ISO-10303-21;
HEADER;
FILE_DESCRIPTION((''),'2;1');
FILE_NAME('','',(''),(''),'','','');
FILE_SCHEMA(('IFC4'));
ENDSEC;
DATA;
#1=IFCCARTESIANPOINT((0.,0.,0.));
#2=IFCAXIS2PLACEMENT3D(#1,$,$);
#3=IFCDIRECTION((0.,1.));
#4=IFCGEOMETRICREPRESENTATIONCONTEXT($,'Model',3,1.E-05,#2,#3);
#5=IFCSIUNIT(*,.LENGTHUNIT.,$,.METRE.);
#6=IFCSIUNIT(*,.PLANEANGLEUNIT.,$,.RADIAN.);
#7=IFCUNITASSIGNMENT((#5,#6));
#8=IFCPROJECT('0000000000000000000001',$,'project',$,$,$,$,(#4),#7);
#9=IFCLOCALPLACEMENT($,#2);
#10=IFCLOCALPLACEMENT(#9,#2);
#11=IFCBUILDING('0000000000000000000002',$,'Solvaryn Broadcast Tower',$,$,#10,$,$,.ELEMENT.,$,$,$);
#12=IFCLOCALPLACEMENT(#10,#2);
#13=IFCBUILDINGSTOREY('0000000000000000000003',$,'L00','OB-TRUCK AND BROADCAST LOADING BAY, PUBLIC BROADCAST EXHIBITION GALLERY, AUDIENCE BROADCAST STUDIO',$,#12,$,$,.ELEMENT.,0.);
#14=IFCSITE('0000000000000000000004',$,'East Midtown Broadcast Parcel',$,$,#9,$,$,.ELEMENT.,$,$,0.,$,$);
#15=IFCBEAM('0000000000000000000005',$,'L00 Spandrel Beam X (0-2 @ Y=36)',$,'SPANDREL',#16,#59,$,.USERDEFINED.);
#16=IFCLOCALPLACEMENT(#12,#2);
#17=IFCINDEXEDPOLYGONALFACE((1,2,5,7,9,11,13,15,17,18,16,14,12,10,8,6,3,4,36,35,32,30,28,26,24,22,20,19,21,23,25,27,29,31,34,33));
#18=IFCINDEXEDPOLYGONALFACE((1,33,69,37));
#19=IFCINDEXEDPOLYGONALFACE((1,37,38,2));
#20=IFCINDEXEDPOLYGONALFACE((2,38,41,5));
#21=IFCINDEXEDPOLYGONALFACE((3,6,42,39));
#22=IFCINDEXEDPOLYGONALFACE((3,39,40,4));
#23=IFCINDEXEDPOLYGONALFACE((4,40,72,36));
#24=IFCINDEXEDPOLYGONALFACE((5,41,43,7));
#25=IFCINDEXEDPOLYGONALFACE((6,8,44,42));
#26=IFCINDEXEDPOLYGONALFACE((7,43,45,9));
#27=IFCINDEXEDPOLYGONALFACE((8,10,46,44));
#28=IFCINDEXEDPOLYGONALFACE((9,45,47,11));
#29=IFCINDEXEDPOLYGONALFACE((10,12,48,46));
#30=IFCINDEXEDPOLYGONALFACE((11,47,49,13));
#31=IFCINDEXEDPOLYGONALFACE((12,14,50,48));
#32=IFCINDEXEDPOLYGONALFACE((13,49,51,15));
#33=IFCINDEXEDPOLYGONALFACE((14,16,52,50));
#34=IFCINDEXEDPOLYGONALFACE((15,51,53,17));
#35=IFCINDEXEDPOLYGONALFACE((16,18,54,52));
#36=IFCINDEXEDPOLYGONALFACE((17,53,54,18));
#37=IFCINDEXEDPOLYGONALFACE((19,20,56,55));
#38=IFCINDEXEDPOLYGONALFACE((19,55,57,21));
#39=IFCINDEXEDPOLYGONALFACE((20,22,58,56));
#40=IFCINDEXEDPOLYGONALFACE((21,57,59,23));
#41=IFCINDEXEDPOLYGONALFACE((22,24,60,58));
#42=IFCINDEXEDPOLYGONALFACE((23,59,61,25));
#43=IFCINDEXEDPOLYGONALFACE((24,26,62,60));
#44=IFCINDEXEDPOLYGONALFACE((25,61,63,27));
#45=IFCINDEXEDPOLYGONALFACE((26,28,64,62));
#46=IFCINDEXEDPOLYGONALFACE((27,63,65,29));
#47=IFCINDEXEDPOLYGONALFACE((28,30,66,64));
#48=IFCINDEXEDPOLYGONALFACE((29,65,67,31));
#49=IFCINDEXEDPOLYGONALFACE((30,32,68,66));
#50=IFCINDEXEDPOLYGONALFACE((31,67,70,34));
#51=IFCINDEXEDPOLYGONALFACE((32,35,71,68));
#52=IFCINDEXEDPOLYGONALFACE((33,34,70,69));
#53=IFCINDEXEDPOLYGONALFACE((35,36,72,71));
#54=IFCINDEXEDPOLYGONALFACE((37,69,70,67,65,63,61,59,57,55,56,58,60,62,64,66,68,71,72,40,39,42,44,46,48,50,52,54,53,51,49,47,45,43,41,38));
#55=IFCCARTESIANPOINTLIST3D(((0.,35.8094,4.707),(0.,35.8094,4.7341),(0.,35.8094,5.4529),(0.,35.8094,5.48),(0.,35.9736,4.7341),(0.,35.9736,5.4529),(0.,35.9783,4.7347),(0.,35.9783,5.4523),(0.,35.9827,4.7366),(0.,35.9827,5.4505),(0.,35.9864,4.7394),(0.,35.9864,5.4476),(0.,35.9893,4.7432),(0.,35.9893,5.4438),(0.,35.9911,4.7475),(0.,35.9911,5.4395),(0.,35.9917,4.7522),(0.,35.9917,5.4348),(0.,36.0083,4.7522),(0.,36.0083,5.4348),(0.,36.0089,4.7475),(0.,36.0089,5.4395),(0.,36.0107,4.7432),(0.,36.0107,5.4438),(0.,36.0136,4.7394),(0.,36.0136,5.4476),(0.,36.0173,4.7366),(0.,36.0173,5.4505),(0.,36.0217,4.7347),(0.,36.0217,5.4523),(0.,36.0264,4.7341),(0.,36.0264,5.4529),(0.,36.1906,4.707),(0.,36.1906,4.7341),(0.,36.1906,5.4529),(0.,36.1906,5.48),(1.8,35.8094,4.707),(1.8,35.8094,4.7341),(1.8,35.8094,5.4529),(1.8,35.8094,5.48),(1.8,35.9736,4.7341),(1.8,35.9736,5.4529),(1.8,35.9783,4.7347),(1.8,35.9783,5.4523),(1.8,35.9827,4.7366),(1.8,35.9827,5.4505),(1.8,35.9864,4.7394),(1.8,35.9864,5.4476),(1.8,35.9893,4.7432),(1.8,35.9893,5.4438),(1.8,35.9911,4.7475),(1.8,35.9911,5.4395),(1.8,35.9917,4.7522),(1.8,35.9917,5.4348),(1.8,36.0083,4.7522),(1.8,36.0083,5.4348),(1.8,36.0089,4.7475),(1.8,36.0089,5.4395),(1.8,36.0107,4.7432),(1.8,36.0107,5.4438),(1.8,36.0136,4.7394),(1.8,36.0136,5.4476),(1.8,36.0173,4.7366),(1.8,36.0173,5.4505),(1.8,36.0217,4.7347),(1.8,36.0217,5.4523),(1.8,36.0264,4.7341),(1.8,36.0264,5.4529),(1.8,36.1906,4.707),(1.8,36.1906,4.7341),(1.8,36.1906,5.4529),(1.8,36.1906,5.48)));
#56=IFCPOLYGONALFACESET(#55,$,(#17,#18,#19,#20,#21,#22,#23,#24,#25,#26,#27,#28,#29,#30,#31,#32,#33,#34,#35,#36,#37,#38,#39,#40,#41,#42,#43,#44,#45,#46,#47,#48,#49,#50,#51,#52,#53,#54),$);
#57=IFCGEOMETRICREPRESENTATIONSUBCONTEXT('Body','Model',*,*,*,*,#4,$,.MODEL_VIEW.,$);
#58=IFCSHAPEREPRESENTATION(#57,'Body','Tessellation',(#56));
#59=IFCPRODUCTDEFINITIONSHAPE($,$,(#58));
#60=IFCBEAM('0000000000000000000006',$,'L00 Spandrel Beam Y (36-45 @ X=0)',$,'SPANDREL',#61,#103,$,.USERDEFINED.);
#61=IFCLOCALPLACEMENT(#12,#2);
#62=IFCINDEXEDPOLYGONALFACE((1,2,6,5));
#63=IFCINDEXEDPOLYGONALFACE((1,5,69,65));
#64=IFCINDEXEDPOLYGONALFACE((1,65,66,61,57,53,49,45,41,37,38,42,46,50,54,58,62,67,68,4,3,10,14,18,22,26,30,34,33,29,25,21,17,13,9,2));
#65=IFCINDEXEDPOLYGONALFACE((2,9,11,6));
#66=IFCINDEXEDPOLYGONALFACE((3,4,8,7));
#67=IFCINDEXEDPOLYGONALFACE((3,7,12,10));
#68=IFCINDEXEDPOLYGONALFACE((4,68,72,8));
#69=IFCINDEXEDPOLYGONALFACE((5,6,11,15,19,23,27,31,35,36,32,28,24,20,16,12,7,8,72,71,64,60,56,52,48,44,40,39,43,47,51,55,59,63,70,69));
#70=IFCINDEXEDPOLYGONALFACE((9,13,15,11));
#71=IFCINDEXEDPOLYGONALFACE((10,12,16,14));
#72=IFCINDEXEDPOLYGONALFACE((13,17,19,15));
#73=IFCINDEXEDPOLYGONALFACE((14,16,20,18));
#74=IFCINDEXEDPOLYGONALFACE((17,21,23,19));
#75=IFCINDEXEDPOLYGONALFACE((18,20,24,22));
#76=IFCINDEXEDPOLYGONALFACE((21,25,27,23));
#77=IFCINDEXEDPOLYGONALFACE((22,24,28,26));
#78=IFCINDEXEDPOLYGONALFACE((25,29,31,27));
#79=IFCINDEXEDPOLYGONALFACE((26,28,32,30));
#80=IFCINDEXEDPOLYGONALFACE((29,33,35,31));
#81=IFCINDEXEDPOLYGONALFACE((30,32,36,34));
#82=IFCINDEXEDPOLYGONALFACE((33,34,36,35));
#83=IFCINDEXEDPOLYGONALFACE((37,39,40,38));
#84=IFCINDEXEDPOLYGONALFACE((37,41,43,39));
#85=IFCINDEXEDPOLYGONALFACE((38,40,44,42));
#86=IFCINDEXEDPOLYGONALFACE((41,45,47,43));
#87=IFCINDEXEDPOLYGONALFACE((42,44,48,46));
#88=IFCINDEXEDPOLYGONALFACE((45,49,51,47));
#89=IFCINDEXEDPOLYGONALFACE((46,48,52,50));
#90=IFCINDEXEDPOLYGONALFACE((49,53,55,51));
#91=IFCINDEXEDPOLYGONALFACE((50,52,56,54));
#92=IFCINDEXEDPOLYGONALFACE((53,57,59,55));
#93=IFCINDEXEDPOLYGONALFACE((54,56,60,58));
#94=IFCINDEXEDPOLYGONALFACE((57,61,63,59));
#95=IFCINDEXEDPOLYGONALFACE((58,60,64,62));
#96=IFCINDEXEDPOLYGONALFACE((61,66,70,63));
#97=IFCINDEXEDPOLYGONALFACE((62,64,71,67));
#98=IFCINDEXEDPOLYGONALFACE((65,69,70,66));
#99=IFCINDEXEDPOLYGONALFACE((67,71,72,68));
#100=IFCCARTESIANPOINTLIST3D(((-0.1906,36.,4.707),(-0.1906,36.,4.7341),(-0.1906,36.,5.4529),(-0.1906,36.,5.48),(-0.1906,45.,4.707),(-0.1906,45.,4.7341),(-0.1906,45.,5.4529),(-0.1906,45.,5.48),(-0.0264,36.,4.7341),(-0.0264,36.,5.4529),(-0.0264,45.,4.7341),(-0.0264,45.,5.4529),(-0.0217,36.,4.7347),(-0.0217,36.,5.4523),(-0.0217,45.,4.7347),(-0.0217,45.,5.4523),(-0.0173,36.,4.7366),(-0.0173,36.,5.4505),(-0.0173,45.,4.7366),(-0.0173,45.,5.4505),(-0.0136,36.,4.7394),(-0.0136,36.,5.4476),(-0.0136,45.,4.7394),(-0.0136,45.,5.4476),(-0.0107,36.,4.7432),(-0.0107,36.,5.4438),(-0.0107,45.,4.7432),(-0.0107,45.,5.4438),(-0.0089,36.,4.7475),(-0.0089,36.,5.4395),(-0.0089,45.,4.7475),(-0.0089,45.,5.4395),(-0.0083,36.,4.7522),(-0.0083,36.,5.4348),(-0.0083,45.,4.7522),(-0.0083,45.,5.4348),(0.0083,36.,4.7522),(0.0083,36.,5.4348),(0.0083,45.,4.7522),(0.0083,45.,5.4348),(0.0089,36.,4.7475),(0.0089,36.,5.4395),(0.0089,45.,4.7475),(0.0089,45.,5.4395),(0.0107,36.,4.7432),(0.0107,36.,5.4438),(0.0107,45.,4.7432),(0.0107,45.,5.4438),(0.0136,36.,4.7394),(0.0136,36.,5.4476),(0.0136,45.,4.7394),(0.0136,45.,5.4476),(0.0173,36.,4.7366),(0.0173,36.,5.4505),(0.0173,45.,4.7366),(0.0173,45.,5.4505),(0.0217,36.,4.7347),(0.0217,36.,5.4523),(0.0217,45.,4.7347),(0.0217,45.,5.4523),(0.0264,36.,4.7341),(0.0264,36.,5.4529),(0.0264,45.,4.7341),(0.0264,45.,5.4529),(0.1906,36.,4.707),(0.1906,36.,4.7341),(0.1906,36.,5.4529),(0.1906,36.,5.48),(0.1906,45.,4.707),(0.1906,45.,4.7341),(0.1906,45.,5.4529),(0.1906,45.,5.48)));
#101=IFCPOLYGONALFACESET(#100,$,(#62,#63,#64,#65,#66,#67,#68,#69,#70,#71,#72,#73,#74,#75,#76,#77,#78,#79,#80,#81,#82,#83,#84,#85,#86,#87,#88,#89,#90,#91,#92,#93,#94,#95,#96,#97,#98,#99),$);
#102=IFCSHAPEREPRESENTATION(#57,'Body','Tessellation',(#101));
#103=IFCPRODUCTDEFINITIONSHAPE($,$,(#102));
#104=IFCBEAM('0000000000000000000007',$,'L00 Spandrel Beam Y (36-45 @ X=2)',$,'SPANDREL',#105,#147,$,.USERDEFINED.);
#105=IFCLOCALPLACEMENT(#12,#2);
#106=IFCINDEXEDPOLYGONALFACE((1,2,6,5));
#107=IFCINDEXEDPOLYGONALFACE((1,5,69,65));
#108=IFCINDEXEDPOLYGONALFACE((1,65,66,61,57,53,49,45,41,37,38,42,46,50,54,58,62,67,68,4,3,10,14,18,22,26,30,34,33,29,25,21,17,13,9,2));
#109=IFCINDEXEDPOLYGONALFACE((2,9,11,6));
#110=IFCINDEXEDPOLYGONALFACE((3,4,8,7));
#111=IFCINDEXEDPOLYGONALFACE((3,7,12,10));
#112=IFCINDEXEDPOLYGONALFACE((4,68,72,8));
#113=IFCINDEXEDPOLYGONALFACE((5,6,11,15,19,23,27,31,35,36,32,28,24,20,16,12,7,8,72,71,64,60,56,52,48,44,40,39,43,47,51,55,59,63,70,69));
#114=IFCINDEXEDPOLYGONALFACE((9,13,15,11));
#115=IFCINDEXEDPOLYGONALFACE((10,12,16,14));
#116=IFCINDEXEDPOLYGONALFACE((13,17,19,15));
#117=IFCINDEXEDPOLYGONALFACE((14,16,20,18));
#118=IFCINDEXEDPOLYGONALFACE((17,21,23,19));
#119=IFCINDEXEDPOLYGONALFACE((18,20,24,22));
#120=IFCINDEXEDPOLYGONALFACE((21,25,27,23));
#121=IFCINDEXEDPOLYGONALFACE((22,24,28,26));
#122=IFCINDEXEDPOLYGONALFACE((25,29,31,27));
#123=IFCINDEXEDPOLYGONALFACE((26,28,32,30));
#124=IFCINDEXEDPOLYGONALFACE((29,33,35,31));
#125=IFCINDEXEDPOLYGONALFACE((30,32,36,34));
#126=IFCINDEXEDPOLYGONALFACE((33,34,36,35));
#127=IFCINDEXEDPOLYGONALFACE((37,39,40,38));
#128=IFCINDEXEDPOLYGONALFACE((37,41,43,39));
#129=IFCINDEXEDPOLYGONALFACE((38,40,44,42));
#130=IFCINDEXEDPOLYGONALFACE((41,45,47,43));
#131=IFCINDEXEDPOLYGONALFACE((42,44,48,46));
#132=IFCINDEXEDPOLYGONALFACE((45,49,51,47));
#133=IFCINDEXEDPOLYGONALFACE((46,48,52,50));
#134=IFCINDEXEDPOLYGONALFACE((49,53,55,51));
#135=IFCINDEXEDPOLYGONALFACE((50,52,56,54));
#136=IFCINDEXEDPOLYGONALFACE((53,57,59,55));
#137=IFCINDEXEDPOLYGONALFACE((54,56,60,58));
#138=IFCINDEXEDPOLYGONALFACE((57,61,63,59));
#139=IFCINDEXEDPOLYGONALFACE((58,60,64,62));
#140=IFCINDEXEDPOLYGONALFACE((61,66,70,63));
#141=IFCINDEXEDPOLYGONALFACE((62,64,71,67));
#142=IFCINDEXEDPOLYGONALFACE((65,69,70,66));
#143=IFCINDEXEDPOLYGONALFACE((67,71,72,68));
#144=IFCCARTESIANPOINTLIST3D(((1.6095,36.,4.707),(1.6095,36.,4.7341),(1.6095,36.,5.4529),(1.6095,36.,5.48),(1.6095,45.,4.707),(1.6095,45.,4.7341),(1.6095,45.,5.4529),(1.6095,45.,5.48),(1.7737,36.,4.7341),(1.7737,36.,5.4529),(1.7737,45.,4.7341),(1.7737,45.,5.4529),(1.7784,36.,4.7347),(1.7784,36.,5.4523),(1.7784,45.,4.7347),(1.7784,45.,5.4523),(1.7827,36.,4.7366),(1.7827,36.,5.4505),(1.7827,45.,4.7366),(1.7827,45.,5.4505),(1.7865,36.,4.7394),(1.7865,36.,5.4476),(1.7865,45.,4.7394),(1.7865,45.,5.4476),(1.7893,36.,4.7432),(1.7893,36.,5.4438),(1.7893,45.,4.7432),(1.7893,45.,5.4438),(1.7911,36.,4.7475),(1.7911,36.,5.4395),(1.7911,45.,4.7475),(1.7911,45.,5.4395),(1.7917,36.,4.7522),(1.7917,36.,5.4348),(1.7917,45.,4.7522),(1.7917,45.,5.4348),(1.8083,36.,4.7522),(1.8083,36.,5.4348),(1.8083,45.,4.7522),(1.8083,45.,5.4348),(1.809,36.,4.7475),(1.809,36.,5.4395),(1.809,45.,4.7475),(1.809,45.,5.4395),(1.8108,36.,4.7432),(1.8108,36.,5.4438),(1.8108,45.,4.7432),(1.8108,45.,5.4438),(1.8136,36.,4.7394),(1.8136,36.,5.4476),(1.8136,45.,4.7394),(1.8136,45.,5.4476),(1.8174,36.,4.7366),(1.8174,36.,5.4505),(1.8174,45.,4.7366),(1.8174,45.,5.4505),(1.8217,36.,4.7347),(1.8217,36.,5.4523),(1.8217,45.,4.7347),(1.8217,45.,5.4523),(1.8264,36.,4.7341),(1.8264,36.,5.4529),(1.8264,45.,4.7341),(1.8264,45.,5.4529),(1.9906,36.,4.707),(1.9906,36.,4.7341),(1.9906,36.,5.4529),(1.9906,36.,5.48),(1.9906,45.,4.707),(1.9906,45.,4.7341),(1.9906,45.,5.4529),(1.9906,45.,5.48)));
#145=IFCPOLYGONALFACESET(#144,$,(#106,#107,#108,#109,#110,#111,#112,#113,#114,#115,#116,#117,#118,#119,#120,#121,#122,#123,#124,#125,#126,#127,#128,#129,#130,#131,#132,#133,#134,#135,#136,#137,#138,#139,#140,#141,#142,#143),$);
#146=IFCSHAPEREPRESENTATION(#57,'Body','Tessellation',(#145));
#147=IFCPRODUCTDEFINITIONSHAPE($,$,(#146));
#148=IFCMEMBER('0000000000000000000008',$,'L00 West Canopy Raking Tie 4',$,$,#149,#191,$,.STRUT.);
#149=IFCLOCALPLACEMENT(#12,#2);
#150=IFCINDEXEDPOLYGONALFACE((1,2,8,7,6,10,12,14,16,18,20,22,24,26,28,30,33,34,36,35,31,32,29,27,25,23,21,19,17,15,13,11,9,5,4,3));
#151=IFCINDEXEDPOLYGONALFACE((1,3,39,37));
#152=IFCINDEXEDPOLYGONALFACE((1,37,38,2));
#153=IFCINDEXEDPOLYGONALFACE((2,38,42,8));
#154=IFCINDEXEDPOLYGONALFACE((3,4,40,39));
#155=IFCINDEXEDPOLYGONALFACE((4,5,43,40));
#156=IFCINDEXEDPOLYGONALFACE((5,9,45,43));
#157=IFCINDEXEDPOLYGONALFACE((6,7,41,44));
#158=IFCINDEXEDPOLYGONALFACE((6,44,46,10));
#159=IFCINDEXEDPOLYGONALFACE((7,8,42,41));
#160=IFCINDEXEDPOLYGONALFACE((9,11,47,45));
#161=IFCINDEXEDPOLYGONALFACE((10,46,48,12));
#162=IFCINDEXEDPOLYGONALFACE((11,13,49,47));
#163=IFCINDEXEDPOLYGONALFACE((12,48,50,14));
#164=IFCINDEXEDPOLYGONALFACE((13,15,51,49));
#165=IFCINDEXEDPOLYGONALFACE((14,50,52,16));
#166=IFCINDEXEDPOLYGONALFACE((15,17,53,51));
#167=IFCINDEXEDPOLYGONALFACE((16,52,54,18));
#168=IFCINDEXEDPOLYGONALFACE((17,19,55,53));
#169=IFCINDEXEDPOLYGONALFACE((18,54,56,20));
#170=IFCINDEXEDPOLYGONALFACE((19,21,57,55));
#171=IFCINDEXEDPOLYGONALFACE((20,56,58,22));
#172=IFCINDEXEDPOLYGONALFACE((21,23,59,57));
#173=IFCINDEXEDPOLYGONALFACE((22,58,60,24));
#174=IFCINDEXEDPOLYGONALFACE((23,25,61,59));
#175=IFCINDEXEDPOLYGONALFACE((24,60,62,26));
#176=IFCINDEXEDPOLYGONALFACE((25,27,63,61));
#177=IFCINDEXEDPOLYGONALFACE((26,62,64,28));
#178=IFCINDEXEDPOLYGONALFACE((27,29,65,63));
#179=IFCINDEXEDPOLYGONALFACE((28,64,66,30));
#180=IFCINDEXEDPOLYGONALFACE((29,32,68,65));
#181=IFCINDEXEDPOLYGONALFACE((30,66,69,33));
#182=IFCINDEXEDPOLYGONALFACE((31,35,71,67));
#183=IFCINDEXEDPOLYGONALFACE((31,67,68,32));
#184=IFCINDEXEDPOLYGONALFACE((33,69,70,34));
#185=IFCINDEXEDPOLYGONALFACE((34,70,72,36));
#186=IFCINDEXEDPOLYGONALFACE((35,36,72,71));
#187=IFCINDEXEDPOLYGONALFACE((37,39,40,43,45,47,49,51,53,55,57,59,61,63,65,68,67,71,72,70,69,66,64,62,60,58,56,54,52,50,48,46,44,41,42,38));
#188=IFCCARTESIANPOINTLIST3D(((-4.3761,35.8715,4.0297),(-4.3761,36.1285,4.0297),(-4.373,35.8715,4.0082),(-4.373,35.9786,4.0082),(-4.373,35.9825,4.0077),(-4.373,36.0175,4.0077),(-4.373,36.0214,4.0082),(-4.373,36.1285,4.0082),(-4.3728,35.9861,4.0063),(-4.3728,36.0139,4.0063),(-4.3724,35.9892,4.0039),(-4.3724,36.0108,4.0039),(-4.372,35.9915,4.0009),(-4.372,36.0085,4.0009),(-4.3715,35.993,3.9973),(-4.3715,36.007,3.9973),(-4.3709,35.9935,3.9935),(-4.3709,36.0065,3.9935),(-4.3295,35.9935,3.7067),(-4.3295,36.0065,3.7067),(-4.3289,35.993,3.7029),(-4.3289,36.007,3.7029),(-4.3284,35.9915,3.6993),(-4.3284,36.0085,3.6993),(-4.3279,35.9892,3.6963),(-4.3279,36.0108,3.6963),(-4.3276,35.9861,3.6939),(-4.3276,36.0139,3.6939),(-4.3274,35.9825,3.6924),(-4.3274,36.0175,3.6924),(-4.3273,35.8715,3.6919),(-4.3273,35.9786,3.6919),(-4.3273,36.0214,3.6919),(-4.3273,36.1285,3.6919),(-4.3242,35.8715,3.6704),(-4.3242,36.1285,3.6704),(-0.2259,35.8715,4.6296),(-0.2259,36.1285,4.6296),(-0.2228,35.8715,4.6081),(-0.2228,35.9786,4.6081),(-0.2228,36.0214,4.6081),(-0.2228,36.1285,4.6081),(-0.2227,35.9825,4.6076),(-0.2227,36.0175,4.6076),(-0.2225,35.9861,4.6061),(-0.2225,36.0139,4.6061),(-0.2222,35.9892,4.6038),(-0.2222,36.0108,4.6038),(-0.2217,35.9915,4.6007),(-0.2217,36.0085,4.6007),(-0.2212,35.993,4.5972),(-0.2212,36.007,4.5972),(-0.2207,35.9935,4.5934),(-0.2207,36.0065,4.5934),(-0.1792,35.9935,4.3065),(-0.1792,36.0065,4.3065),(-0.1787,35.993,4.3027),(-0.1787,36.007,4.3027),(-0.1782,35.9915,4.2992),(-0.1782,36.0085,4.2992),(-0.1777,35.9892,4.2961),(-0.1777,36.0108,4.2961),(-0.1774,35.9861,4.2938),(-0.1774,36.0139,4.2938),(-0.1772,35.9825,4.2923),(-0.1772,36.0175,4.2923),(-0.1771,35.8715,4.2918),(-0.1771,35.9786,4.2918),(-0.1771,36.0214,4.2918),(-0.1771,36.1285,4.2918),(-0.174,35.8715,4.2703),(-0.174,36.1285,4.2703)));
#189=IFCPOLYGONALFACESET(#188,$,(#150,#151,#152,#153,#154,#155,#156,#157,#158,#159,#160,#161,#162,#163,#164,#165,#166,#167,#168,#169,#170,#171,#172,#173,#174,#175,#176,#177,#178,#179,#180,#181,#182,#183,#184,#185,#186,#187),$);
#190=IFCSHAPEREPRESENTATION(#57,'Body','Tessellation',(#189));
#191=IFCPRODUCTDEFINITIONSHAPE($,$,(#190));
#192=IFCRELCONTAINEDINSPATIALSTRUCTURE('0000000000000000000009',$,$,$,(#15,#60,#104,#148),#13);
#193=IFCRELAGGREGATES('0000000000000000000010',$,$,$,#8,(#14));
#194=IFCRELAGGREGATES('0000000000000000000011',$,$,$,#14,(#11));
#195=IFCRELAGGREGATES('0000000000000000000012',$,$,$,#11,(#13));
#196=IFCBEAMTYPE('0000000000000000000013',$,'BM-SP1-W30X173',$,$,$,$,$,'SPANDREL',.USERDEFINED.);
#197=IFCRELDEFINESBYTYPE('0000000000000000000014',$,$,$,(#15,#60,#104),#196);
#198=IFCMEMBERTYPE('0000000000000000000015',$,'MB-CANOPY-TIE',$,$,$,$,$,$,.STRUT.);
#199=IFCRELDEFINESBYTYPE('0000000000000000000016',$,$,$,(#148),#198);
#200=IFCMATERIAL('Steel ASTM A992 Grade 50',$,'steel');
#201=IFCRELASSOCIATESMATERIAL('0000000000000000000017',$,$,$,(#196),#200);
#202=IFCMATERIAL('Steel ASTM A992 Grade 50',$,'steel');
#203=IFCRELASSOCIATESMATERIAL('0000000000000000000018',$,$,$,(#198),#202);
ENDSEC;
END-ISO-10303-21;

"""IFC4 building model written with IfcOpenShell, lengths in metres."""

from ifc_helpers import new_model, si_unit, direction, frame, origin, origin_2d, place, context, subcontext, project, spatial, i_section, extrude, material, material_profile, profile_set, type_object, element, save


model = new_model("IFC4")

# Units and contexts
model_context = context("Model", 3, precision=1e-05, world=origin(), true_north=direction((0.0, 1.0)))
body_context = subcontext(model_context, "Body", "Model", "MODEL_VIEW")
ifc_project = project(units=[si_unit("LENGTHUNIT", "METRE"), si_unit("PLANEANGLEUNIT", "RADIAN")], contexts=[model_context])

# Site, building, storey
site_placement = place(None, origin())
site = spatial("IfcSite", under=ifc_project, at=site_placement, Name="East Midtown Broadcast Parcel", CompositionType="ELEMENT", RefElevation=0.0)
building_placement = place(site_placement, origin())
building = spatial("IfcBuilding", under=site, at=building_placement, Name="Solvaryn Broadcast Tower", CompositionType="ELEMENT")
storey_placement = place(building_placement, origin())
storey = spatial("IfcBuildingStorey", under=building, at=storey_placement, Name="L00", Description="OB-TRUCK AND BROADCAST LOADING BAY, PUBLIC BROADCAST EXHIBITION GALLERY, AUDIENCE BROADCAST STUDIO", CompositionType="ELEMENT", Elevation=0.0)

# Beams
ifc_material_1 = material(Name="Steel ASTM A992 Grade 50", Category="steel")
ifc_material_profile_1 = material_profile(ifc_material_1, i_section(OverallWidth=0.3811, OverallDepth=0.7729, WebThickness=0.0166, FlangeThickness=0.0271, FilletRadius=0.0181, at=origin_2d()))
ifc_profile_set_1 = profile_set([ifc_material_profile_1], Name="Steel ASTM A992 Grade 50")
beam_type_1 = type_object("IfcBeamType", Name="BM-SP1-W30X173", ElementType="SPANDREL", PredefinedType="USERDEFINED", material=ifc_profile_set_1)
beam_1_placement = place(storey_placement, frame((0.0, 36.0, 5.0935), z_axis=(1.0, 0.0, 0.0), x_axis=(0.0, 1.0, 0.0)))
element("IfcBeam", 1, at=beam_1_placement, inside=storey, type_object=beam_type_1, Name="L00 Spandrel Beam X (0-2 @ Y=36)", ObjectType="SPANDREL", PredefinedType="USERDEFINED", context=body_context, shape_type="SweptSolid", body=[
    extrude(i_section(OverallWidth=0.3811, OverallDepth=0.7729, WebThickness=0.0166, FlangeThickness=0.0271, FilletRadius=0.0181, at=origin_2d()), origin(), (0.0, 0.0, 1.0), 1.8),
])
for number, where, z_axis, x_axis, name in (
    (2, (0.0, 36.0, 5.0935), (0.0, 1.0, 0.0), (-1.0, 0.0, 0.0), "L00 Spandrel Beam Y (36-45 @ X=0)"),
    (3, (1.8, 36.0, 5.0935), (0.0, 1.0, 0.0), (-1.0, 0.0, 0.0), "L00 Spandrel Beam Y (36-45 @ X=2)"),
):
    element("IfcBeam", number, at=place(storey_placement, frame(where, z_axis=z_axis, x_axis=x_axis)), inside=storey, type_object=beam_type_1, Name=name, ObjectType="SPANDREL", PredefinedType="USERDEFINED", context=body_context, shape_type="SweptSolid", body=[
        extrude(i_section(OverallWidth=0.3811, OverallDepth=0.7729, WebThickness=0.0166, FlangeThickness=0.0271, FilletRadius=0.0181, at=origin_2d()), origin(), (0.0, 0.0, 1.0), 9.0),
    ])

# Member
ifc_material_2 = material(Name="Steel ASTM A992 Grade 50", Category="steel")
ifc_material_profile_2 = material_profile(ifc_material_2, i_section(OverallWidth=0.2571, OverallDepth=0.363, WebThickness=0.0129, FlangeThickness=0.0217, FilletRadius=0.0149, at=origin_2d()))
ifc_profile_set_2 = profile_set([ifc_material_profile_2], Name="Steel ASTM A992 Grade 50")
member_type = type_object("IfcMemberType", Name="MB-CANOPY-TIE", PredefinedType="STRUT", material=ifc_profile_set_2)
member_placement = place(storey_placement, frame((-0.2, 36.0, 4.45), z_axis=(-0.989715, 0.0, -0.143051), x_axis=(0.0, -1.0, 0.0)))
element("IfcMember", 4, at=member_placement, inside=storey, type_object=member_type, Name="L00 West Canopy Raking Tie 4", PredefinedType="STRUT", context=body_context, shape_type="SweptSolid", body=[
    extrude(i_section(OverallWidth=0.2571, OverallDepth=0.363, WebThickness=0.0129, FlangeThickness=0.0217, FilletRadius=0.0149, at=origin_2d()), origin(), (0.0, 0.0, 1.0), 4.1934),
])

save(model, "model.ifc")
